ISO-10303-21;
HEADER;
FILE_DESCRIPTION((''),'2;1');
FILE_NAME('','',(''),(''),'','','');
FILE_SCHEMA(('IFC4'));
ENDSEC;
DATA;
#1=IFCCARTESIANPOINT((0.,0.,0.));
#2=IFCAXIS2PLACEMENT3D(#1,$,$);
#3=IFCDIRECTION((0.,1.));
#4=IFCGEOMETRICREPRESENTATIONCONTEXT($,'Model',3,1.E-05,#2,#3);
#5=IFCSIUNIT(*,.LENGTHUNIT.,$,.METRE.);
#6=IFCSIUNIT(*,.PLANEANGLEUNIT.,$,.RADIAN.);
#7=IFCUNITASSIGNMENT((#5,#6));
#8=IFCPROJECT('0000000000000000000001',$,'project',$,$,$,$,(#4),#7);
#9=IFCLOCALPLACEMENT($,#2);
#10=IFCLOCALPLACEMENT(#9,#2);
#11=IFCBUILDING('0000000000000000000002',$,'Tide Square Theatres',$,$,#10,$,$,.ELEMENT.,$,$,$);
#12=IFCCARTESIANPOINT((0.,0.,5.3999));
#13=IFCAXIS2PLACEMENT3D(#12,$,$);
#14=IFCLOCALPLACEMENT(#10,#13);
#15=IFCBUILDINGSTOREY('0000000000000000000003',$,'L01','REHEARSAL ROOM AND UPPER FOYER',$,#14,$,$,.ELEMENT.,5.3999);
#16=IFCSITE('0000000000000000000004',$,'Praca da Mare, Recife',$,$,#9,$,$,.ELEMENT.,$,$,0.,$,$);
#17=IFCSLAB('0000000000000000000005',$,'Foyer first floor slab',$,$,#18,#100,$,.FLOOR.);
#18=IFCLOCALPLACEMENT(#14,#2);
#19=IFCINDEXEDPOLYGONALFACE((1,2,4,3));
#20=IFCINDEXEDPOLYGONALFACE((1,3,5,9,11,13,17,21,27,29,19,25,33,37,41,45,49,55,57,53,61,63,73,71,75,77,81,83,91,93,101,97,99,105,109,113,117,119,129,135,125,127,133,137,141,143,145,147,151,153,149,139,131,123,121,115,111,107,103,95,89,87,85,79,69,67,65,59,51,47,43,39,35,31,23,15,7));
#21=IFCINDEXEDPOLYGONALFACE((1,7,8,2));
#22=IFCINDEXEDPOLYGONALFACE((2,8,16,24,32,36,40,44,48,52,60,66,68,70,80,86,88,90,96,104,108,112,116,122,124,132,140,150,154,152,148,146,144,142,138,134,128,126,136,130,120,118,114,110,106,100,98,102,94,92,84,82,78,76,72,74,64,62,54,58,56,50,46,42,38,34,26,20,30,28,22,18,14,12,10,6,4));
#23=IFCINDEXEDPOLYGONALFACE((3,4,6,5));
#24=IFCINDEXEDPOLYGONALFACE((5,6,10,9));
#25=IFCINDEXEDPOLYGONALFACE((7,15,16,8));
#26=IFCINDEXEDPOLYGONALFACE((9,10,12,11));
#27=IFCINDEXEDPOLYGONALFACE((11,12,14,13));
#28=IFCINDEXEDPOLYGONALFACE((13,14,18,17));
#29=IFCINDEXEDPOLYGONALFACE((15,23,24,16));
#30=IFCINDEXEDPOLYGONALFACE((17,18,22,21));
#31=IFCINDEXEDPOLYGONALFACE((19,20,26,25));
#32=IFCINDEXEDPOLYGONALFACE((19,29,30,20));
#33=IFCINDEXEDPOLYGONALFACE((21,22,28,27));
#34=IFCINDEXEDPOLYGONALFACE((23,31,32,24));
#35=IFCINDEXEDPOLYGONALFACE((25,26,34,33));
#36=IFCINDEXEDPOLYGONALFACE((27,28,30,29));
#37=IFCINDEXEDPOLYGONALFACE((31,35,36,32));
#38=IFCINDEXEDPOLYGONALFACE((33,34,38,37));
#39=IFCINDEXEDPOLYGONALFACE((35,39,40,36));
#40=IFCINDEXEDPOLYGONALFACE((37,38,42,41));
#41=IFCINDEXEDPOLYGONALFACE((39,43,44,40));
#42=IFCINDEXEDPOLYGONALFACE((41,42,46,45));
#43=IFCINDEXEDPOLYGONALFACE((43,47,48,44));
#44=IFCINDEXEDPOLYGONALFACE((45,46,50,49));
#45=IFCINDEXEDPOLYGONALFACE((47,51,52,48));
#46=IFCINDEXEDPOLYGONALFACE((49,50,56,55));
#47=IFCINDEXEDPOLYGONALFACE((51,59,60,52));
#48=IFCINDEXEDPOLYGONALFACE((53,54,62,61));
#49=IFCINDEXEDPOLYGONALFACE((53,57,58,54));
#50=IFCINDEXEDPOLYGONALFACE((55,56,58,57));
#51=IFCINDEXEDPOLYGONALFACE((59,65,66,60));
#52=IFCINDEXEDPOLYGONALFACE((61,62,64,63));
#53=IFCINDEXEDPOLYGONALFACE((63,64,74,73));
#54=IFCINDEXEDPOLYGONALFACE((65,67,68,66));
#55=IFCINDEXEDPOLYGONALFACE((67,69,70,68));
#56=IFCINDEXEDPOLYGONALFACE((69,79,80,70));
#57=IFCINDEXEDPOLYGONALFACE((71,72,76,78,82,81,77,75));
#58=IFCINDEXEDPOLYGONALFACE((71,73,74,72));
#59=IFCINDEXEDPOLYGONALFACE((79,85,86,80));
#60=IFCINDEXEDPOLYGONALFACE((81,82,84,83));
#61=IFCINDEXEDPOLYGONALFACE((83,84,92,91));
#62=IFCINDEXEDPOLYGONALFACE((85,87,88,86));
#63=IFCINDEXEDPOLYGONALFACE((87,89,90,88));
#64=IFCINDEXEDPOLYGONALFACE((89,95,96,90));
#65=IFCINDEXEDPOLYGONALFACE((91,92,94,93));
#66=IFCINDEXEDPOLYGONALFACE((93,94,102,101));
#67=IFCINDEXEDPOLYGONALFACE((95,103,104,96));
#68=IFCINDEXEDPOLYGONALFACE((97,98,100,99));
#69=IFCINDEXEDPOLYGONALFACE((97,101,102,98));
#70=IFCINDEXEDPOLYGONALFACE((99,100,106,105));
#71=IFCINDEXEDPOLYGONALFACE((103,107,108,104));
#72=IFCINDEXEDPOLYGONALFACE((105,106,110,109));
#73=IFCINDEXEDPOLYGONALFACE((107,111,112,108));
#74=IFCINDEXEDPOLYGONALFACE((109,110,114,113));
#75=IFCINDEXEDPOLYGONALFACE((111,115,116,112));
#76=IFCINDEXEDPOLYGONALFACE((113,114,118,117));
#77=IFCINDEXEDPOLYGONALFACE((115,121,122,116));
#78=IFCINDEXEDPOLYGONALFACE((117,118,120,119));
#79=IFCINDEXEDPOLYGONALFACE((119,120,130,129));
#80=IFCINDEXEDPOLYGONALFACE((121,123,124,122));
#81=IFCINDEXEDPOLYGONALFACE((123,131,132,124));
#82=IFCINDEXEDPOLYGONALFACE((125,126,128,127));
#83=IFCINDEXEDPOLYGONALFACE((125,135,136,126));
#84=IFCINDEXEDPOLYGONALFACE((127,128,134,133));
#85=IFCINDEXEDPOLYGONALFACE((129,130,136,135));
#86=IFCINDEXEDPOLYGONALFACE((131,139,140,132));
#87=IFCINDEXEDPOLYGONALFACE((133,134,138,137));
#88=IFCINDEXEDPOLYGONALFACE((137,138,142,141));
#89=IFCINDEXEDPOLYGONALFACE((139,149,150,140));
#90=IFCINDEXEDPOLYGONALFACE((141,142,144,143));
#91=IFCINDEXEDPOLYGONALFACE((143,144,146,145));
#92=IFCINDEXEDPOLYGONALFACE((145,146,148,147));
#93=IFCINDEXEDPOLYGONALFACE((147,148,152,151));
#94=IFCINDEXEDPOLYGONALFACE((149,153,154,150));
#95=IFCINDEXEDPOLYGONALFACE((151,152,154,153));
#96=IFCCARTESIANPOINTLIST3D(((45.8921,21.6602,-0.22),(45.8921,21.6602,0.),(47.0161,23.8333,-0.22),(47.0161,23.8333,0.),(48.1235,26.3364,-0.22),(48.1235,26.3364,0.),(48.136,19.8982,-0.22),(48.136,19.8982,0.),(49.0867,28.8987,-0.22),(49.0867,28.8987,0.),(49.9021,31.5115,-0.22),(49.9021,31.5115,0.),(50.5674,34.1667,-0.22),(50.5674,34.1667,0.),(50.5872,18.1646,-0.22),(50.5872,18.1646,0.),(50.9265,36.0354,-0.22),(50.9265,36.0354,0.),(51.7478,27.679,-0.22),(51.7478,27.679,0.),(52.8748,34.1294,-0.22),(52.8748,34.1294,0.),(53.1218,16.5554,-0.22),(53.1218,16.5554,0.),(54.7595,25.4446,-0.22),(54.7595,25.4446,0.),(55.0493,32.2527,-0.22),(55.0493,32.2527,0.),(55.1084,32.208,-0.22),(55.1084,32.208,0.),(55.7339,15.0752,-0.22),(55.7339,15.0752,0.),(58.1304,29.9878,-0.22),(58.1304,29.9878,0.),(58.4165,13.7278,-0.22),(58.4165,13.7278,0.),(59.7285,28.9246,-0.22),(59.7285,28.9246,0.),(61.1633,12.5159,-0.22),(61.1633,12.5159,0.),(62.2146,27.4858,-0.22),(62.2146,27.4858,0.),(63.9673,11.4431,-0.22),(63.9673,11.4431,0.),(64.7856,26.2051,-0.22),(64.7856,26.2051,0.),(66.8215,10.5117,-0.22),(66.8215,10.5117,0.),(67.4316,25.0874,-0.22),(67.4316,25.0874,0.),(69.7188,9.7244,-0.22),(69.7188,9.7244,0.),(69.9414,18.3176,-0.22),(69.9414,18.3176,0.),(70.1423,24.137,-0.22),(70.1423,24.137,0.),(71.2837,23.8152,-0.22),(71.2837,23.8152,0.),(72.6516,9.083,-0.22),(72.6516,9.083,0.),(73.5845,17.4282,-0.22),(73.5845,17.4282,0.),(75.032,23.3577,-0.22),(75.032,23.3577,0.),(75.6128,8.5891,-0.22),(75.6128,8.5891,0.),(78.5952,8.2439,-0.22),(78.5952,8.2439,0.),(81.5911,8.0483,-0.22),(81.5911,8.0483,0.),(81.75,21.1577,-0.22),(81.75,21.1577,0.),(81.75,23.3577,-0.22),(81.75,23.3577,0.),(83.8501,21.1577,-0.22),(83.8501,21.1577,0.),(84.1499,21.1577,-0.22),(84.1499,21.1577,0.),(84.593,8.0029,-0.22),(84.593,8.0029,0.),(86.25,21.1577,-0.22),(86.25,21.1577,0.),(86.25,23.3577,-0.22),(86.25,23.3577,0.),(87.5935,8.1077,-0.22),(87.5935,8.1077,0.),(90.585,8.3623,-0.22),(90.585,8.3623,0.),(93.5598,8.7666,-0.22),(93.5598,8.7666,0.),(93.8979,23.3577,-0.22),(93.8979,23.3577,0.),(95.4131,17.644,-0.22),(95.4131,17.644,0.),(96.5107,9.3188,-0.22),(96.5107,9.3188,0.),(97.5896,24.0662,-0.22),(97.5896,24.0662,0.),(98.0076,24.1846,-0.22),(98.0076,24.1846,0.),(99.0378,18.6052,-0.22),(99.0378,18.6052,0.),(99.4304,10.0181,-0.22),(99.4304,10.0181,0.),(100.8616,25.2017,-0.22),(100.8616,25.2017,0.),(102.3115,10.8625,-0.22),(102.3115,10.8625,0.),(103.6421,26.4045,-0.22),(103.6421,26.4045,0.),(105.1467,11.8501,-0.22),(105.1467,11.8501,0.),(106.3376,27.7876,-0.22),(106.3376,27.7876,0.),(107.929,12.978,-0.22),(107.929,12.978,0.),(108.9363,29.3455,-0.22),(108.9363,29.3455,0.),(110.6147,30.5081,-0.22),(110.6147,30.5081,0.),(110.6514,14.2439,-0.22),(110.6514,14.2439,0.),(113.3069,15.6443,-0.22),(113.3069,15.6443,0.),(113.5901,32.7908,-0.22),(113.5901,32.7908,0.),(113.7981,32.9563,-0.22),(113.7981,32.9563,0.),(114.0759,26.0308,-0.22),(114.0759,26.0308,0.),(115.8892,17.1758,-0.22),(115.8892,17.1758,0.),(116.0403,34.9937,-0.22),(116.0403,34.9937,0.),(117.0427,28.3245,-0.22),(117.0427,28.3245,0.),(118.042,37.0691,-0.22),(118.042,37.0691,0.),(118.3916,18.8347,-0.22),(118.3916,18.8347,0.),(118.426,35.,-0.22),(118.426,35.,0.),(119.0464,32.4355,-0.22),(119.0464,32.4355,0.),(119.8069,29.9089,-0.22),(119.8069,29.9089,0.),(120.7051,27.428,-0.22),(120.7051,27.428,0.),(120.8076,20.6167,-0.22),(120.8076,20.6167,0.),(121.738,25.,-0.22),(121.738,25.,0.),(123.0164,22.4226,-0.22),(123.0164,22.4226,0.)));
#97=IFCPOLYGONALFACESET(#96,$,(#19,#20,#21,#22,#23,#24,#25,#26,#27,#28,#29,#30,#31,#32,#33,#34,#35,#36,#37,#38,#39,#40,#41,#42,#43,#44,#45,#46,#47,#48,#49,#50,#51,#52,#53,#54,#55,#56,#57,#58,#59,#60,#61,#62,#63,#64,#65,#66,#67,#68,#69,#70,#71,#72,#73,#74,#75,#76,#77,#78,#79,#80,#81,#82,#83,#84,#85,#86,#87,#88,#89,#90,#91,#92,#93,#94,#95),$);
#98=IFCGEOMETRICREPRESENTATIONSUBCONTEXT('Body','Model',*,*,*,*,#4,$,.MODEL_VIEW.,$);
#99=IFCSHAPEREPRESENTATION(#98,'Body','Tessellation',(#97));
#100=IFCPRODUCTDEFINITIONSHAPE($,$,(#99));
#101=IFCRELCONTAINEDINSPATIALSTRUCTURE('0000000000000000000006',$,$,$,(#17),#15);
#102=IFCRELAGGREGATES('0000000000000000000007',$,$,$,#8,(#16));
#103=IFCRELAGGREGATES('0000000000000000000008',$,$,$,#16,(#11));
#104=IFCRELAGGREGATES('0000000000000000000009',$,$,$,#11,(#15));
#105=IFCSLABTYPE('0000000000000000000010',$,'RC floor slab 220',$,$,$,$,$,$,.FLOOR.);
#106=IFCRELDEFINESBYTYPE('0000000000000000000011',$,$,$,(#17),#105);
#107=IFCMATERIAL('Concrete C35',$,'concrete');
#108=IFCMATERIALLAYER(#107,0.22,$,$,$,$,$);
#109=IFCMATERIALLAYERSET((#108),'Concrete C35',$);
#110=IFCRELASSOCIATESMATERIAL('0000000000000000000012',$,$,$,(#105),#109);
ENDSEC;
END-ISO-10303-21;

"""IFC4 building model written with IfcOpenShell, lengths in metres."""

from ifc_helpers import new_model, si_unit, direction, frame, origin, place, context, subcontext, project, spatial, polyline, outline, extrude, material, layer, layer_set, type_object, element, save


model = new_model("IFC4")

# Units and contexts
model_context = context("Model", 3, precision=1e-05, world=origin(), true_north=direction((0.0, 1.0)))
body_context = subcontext(model_context, "Body", "Model", "MODEL_VIEW")
ifc_project = project(units=[si_unit("LENGTHUNIT", "METRE"), si_unit("PLANEANGLEUNIT", "RADIAN")], contexts=[model_context])

# Site, building, storey
site_placement = place(None, origin())
site = spatial("IfcSite", under=ifc_project, at=site_placement, Name="Praca da Mare, Recife", CompositionType="ELEMENT", RefElevation=0.0)
building_placement = place(site_placement, origin())
building = spatial("IfcBuilding", under=site, at=building_placement, Name="Tide Square Theatres", CompositionType="ELEMENT")
storey_placement = place(building_placement, frame((0.0, 0.0, 5.3999)))
storey = spatial("IfcBuildingStorey", under=building, at=storey_placement, Name="L01", Description="REHEARSAL ROOM AND UPPER FOYER", CompositionType="ELEMENT", Elevation=5.3999)

# Slab
ifc_material_1 = material(Name="Concrete C35", Category="concrete")
ifc_layer_1 = layer(ifc_material_1, 0.22)
ifc_layer_set_1 = layer_set([ifc_layer_1], Name="Concrete C35")
slab_type_1 = type_object("IfcSlabType", Name="RC floor slab 220", PredefinedType="FLOOR", material=ifc_layer_set_1)
slab_1_placement = place(storey_placement, frame((0.0, 0.0, -0.22)))
element("IfcSlab", 1, at=slab_1_placement, inside=storey, type_object=slab_type_1, Name="Foyer first floor slab", PredefinedType="FLOOR", context=body_context, shape_type="SweptSolid", body=[
    extrude(outline(polyline([(50.9265, 36.0354), (50.5674, 34.1667), (49.9021, 31.5115), (49.0867, 28.8987), (48.1235, 26.3364), (47.0161, 23.8333), (45.8921, 21.6602), (48.136, 19.8982), (50.5872, 18.1646), (53.1218, 16.5554), (55.7339, 15.0752), (58.4165, 13.7278), (61.1633, 12.5159), (63.9673, 11.4431), (66.8215, 10.5117), (69.7188, 9.7244), (72.6516, 9.083), (75.6128, 8.5891), (78.5952, 8.2439), (81.5911, 8.0483), (84.593, 8.0029), (87.5935, 8.1077), (90.585, 8.3623), (93.5598, 8.7666), (96.5107, 9.3188), (99.4304, 10.0181), (102.3115, 10.8625), (105.1467, 11.8501), (107.929, 12.978), (110.6514, 14.2439), (113.3069, 15.6443), (115.8892, 17.1758), (118.3916, 18.8347), (120.8076, 20.6167), (123.0164, 22.4226), (121.738, 25.0), (120.7051, 27.428), (119.8069, 29.9089), (119.0464, 32.4355), (118.426, 35.0), (118.042, 37.0691), (116.0403, 34.9937), (113.7981, 32.9563), (113.5901, 32.7908), (117.0427, 28.3245), (114.0759, 26.0308), (110.6147, 30.5081), (108.9363, 29.3455), (106.3376, 27.7876), (103.6421, 26.4045), (100.8616, 25.2017), (98.0076, 24.1846), (97.5896, 24.0662), (99.0378, 18.6052), (95.4131, 17.644), (93.8979, 23.3577), (86.25, 23.3577), (86.25, 21.1577), (84.1499, 21.1577), (83.8501, 21.1577), (81.75, 21.1577), (81.75, 23.3577), (75.032, 23.3577), (73.5845, 17.4282), (69.9414, 18.3176), (71.2837, 23.8152), (70.1423, 24.137), (67.4316, 25.0874), (64.7856, 26.2051), (62.2146, 27.4858), (59.7285, 28.9246), (58.1304, 29.9878), (54.7595, 25.4446), (51.7478, 27.679), (55.1084, 32.208), (55.0493, 32.2527), (52.8748, 34.1294), (50.9265, 36.0354)])), origin(), (0.0, 0.0, 1.0), 0.22),
])

save(model, "model.ifc")
